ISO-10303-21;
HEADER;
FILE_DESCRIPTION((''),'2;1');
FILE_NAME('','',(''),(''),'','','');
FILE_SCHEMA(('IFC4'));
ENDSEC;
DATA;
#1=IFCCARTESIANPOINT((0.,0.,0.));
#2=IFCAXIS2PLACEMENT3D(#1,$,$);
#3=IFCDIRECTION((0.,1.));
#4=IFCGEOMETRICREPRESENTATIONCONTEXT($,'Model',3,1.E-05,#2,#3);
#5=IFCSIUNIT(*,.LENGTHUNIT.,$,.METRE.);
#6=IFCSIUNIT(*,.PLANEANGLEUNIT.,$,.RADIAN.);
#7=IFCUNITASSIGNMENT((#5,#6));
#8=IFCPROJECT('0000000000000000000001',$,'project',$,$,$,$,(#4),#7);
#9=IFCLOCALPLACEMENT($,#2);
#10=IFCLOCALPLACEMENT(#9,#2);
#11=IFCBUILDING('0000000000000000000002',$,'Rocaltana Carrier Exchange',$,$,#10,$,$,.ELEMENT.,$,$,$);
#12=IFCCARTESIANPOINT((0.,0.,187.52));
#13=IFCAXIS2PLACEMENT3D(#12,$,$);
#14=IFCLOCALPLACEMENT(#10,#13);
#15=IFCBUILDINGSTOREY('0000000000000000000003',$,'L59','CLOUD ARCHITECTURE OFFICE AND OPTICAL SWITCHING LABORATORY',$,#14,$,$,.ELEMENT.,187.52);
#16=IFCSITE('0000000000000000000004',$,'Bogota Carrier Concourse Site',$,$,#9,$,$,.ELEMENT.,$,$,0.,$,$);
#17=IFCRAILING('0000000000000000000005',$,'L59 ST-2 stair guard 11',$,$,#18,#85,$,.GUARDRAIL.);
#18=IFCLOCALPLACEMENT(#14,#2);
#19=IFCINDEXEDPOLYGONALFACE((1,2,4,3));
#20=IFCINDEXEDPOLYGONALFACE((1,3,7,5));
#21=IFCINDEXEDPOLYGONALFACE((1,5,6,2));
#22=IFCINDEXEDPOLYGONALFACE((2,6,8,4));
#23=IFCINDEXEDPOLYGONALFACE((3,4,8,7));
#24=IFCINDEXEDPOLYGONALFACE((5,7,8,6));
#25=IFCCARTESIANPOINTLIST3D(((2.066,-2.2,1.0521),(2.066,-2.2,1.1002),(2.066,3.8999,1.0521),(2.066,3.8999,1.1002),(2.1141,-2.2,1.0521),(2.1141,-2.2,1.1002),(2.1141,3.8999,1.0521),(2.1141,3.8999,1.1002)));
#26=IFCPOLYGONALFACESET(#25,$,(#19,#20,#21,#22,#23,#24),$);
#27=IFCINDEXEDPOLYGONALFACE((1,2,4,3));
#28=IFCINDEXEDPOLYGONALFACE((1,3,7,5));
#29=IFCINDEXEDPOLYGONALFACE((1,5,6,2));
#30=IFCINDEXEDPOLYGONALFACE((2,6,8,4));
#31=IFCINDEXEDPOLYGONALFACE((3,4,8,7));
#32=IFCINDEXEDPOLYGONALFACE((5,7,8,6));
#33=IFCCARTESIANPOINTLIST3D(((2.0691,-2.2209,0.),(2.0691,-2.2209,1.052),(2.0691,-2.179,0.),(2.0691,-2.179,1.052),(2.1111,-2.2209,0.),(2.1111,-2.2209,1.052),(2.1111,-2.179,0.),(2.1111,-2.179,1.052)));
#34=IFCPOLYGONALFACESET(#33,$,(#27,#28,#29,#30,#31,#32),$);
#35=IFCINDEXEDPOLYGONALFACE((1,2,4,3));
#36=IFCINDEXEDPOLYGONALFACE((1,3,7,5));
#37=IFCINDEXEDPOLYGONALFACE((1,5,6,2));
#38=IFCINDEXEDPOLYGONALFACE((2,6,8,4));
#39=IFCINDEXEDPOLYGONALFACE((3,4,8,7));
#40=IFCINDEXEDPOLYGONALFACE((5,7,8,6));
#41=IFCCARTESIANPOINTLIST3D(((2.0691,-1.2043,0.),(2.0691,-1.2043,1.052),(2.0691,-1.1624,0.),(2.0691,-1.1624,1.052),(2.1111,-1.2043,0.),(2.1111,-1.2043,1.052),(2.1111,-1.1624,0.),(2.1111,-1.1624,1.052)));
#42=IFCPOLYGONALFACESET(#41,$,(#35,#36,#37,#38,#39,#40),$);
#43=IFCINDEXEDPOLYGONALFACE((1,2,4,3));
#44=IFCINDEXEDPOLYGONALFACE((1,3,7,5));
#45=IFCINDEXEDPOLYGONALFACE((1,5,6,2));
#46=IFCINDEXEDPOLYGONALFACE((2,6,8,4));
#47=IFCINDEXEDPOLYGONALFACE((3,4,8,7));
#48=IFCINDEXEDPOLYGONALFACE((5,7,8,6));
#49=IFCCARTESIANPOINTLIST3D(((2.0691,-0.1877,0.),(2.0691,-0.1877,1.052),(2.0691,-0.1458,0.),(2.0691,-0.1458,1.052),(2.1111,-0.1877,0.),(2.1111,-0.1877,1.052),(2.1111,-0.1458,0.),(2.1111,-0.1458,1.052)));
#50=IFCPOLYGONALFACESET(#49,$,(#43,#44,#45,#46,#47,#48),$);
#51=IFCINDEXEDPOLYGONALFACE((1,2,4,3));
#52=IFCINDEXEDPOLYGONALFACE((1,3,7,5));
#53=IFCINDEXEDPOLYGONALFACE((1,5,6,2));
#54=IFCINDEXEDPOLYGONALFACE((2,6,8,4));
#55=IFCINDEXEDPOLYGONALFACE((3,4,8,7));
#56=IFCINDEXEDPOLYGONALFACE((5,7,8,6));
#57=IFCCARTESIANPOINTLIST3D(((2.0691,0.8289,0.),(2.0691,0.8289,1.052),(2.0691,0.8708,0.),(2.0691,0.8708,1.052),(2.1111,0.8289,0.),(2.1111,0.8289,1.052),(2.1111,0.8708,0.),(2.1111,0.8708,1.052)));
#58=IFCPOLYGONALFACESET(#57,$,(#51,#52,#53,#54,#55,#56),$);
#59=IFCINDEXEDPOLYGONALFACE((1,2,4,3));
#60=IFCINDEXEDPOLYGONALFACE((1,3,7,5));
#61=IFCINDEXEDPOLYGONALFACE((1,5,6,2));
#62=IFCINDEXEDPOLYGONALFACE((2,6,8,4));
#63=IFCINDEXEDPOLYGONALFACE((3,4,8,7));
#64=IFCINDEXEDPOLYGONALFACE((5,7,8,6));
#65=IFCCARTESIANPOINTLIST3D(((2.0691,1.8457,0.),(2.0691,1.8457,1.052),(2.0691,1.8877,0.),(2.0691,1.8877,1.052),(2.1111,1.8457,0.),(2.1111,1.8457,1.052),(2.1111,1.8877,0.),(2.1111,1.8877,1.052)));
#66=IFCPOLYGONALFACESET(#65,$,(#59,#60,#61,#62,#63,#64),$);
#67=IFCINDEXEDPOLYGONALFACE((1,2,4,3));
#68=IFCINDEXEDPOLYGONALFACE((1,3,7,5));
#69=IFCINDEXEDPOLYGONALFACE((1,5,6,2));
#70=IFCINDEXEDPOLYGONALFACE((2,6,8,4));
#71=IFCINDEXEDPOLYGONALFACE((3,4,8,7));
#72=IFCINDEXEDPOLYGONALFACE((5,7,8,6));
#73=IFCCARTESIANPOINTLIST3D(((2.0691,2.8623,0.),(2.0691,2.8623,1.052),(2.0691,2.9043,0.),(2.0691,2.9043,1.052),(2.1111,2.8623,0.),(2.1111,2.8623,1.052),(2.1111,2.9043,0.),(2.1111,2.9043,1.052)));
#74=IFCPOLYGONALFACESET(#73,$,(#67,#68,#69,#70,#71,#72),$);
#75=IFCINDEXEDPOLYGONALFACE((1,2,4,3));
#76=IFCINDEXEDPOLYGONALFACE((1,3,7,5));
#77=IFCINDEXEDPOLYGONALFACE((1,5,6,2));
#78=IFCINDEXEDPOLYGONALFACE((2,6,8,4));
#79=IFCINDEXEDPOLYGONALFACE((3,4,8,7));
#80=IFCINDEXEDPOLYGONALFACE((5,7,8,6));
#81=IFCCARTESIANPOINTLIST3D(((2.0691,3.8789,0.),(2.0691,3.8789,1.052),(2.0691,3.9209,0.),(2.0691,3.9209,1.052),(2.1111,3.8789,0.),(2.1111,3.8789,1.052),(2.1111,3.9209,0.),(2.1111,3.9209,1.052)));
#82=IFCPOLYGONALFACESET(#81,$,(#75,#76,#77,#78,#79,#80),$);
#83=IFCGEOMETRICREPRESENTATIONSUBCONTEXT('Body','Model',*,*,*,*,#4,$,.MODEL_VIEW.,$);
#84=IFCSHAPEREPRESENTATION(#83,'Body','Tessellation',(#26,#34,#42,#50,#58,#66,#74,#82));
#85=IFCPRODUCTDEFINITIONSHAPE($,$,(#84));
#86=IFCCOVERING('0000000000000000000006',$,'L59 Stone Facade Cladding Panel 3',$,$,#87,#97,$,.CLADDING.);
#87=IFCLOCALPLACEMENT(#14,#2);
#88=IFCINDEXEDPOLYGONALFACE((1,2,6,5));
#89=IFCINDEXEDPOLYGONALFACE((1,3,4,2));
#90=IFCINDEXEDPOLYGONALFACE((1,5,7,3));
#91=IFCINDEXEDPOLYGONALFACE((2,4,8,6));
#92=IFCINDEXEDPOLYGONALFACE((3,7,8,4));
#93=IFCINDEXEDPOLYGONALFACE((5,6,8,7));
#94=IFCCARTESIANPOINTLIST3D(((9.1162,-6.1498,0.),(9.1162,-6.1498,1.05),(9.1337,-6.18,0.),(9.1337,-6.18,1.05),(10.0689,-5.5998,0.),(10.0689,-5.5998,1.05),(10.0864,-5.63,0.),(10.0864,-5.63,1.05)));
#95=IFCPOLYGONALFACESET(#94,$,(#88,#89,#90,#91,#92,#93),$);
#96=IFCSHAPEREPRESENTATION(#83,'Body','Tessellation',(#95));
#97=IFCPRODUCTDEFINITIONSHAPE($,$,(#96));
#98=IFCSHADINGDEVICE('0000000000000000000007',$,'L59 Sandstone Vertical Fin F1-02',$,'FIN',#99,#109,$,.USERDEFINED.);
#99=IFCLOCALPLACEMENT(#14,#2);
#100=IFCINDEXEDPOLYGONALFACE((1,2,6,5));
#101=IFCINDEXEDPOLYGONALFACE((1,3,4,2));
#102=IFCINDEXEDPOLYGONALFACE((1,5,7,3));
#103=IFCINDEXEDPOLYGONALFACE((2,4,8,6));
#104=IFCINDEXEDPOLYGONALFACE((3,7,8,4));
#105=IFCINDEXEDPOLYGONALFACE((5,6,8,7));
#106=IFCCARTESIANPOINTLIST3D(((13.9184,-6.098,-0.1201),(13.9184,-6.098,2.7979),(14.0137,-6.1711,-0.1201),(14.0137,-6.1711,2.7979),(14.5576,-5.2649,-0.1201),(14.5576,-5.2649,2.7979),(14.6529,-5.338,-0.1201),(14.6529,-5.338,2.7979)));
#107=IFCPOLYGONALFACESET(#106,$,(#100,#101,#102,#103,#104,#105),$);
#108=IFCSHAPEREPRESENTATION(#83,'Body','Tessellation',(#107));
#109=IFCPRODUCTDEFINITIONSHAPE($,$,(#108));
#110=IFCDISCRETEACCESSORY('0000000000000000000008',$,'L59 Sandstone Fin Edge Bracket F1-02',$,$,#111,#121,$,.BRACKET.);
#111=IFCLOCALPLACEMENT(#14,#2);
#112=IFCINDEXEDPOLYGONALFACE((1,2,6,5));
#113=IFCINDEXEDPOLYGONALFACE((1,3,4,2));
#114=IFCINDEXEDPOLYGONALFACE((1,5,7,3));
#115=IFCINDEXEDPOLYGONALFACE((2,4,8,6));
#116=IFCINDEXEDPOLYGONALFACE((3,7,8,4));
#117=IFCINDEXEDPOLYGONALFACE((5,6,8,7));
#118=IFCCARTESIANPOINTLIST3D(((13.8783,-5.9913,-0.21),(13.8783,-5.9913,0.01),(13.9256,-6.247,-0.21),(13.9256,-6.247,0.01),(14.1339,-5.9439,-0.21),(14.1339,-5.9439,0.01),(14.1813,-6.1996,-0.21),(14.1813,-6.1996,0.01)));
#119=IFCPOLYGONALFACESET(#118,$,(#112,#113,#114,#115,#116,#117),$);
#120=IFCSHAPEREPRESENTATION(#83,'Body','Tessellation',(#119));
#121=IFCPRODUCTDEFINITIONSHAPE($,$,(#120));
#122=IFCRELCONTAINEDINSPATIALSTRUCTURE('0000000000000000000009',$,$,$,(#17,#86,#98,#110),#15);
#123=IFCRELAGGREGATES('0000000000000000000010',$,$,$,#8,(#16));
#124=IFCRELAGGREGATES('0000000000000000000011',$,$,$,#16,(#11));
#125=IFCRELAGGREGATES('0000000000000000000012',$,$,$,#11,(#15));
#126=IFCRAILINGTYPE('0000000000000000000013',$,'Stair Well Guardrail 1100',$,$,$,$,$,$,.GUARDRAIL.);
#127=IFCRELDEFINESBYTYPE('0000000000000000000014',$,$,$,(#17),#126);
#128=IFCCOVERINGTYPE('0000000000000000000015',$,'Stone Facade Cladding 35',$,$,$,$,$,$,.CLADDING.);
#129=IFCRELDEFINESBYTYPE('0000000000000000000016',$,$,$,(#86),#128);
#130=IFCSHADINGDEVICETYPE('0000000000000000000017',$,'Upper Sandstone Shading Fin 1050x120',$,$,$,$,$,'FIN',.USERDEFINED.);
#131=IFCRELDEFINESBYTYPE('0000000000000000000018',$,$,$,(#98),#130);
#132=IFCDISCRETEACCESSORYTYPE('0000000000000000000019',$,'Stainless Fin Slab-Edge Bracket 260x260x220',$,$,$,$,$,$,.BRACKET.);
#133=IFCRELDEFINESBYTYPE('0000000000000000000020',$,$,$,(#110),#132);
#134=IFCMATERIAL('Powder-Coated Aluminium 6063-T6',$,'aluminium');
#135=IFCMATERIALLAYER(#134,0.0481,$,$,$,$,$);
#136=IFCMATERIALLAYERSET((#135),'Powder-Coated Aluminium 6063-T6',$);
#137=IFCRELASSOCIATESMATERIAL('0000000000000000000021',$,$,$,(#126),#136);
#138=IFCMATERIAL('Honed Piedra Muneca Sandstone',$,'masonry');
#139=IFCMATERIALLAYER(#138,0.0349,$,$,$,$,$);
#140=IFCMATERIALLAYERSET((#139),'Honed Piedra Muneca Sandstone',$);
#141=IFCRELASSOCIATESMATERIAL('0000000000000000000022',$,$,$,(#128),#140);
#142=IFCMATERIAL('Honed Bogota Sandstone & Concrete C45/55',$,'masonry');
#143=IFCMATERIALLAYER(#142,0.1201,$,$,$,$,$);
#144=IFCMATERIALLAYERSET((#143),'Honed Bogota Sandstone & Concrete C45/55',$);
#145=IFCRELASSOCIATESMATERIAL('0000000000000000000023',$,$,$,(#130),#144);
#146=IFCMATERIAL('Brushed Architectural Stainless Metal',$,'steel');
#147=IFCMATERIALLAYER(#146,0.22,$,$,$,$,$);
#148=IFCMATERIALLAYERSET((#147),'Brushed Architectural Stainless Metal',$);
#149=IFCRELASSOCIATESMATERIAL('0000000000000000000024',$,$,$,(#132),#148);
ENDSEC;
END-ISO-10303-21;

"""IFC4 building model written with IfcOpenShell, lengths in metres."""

from ifc_helpers import new_model, si_unit, direction, frame, origin, origin_2d, place, context, subcontext, project, spatial, rectangle, extrude, material, layer, layer_set, type_object, element, save


model = new_model("IFC4")

# Units and contexts
model_context = context("Model", 3, precision=1e-05, world=origin(), true_north=direction((0.0, 1.0)))
body_context = subcontext(model_context, "Body", "Model", "MODEL_VIEW")
ifc_project = project(units=[si_unit("LENGTHUNIT", "METRE"), si_unit("PLANEANGLEUNIT", "RADIAN")], contexts=[model_context])

# Site, building, storey
site_placement = place(None, origin())
site = spatial("IfcSite", under=ifc_project, at=site_placement, Name="Bogota Carrier Concourse Site", CompositionType="ELEMENT", RefElevation=0.0)
building_placement = place(site_placement, origin())
building = spatial("IfcBuilding", under=site, at=building_placement, Name="Rocaltana Carrier Exchange", CompositionType="ELEMENT")
storey_placement = place(building_placement, frame((0.0, 0.0, 187.52)))
storey = spatial("IfcBuildingStorey", under=building, at=storey_placement, Name="L59", Description="CLOUD ARCHITECTURE OFFICE AND OPTICAL SWITCHING LABORATORY", CompositionType="ELEMENT", Elevation=187.52)

# Railing
ifc_material_1 = material(Name="Powder-Coated Aluminium 6063-T6", Category="aluminium")
ifc_layer_1 = layer(ifc_material_1, 0.0481)
ifc_layer_set_1 = layer_set([ifc_layer_1], Name="Powder-Coated Aluminium 6063-T6")
railing_type_1 = type_object("IfcRailingType", Name="Stair Well Guardrail 1100", PredefinedType="GUARDRAIL", material=ifc_layer_set_1)
for number, where, name in (
    (1, (2.0901, -2.2, 0.0), "L59 ST-2 stair guard 11"),
):
    element("IfcRailing", number, at=place(storey_placement, frame(where)), inside=storey, type_object=railing_type_1, Name=name, PredefinedType="GUARDRAIL", context=body_context, shape_type="SweptSolid", body=[
        extrude(rectangle(XDim=0.0481, YDim=0.0481, at=origin_2d()), frame((0.0, 0.0, 1.0762), z_axis=(0.0, 1.0, 0.0), x_axis=(-1.0, 0.0, 0.0)), (0.0, 0.0, 1.0), 6.0999),
        extrude(rectangle(XDim=0.042, YDim=0.042, at=origin_2d()), origin(), (0.0, 0.0, 1.0), 1.052),
        extrude(rectangle(XDim=0.042, YDim=0.042, at=origin_2d()), frame((0.0, 1.0166, 0.0)), (0.0, 0.0, 1.0), 1.052),
        extrude(rectangle(XDim=0.042, YDim=0.042, at=origin_2d()), frame((0.0, 2.0332, 0.0)), (0.0, 0.0, 1.0), 1.052),
        extrude(rectangle(XDim=0.042, YDim=0.042, at=origin_2d()), frame((0.0, 3.0498, 0.0)), (0.0, 0.0, 1.0), 1.052),
        extrude(rectangle(XDim=0.042, YDim=0.042, at=origin_2d()), frame((0.0, 4.0667, 0.0)), (0.0, 0.0, 1.0), 1.052),
        extrude(rectangle(XDim=0.042, YDim=0.042, at=origin_2d()), frame((0.0, 5.0833, 0.0)), (0.0, 0.0, 1.0), 1.052),
        extrude(rectangle(XDim=0.042, YDim=0.042, at=origin_2d()), frame((0.0, 6.0999, 0.0)), (0.0, 0.0, 1.0), 1.052),
    ])

# Covering
ifc_material_2 = material(Name="Honed Piedra Muneca Sandstone", Category="masonry")
ifc_layer_2 = layer(ifc_material_2, 0.0349)
ifc_layer_set_2 = layer_set([ifc_layer_2], Name="Honed Piedra Muneca Sandstone")
covering_type = type_object("IfcCoveringType", Name="Stone Facade Cladding 35", PredefinedType="CLADDING", material=ifc_layer_set_2)
covering_placement = place(storey_placement, frame((9.6013, -5.8899, 0.0), z_axis=(0.0, 0.0, 1.0), x_axis=(0.866025, 0.5, 0.0)))
element("IfcCovering", 2, at=covering_placement, inside=storey, type_object=covering_type, Name="L59 Stone Facade Cladding Panel 3", PredefinedType="CLADDING", context=body_context, shape_type="SweptSolid", body=[
    extrude(rectangle(XDim=1.1001, YDim=0.0349, at=origin_2d()), origin(), (0.0, 0.0, 1.0), 1.05),
])

# Shading device
ifc_material_3 = material(Name="Honed Bogota Sandstone & Concrete C45/55", Category="masonry")
ifc_layer_3 = layer(ifc_material_3, 0.1201)
ifc_layer_set_3 = layer_set([ifc_layer_3], Name="Honed Bogota Sandstone & Concrete C45/55")
shading_device_type = type_object("IfcShadingDeviceType", Name="Upper Sandstone Shading Fin 1050x120", ElementType="FIN", PredefinedType="USERDEFINED", material=ifc_layer_set_3)
shading_device_placement = place(storey_placement, frame((14.2856, -5.718, -0.1201), z_axis=(0.0, 0.0, 1.0), x_axis=(0.608761, 0.793353, 0.0)))
element("IfcShadingDevice", 3, at=shading_device_placement, inside=storey, type_object=shading_device_type, Name="L59 Sandstone Vertical Fin F1-02", ObjectType="FIN", PredefinedType="USERDEFINED", context=body_context, shape_type="SweptSolid", body=[
    extrude(rectangle(XDim=1.05, YDim=0.1201, at=origin_2d()), origin(), (0.0, 0.0, 1.0), 2.918),
])

# Discrete accessory
ifc_material_4 = material(Name="Brushed Architectural Stainless Metal", Category="steel")
ifc_layer_4 = layer(ifc_material_4, 0.22)
ifc_layer_set_4 = layer_set([ifc_layer_4], Name="Brushed Architectural Stainless Metal")
discrete_accessory_type = type_object("IfcDiscreteAccessoryType", Name="Stainless Fin Slab-Edge Bracket 260x260x220", PredefinedType="BRACKET", material=ifc_layer_set_4)
discrete_accessory_placement = place(storey_placement, frame((14.0298, -6.0955, -0.21), z_axis=(0.0, 0.0, 1.0), x_axis=(-0.182236, 0.983255, 0.0)))
element("IfcDiscreteAccessory", 4, at=discrete_accessory_placement, inside=storey, type_object=discrete_accessory_type, Name="L59 Sandstone Fin Edge Bracket F1-02", PredefinedType="BRACKET", context=body_context, shape_type="SweptSolid", body=[
    extrude(rectangle(XDim=0.26, YDim=0.26, at=origin_2d()), origin(), (0.0, 0.0, 1.0), 0.22),
])

save(model, "model.ifc")
